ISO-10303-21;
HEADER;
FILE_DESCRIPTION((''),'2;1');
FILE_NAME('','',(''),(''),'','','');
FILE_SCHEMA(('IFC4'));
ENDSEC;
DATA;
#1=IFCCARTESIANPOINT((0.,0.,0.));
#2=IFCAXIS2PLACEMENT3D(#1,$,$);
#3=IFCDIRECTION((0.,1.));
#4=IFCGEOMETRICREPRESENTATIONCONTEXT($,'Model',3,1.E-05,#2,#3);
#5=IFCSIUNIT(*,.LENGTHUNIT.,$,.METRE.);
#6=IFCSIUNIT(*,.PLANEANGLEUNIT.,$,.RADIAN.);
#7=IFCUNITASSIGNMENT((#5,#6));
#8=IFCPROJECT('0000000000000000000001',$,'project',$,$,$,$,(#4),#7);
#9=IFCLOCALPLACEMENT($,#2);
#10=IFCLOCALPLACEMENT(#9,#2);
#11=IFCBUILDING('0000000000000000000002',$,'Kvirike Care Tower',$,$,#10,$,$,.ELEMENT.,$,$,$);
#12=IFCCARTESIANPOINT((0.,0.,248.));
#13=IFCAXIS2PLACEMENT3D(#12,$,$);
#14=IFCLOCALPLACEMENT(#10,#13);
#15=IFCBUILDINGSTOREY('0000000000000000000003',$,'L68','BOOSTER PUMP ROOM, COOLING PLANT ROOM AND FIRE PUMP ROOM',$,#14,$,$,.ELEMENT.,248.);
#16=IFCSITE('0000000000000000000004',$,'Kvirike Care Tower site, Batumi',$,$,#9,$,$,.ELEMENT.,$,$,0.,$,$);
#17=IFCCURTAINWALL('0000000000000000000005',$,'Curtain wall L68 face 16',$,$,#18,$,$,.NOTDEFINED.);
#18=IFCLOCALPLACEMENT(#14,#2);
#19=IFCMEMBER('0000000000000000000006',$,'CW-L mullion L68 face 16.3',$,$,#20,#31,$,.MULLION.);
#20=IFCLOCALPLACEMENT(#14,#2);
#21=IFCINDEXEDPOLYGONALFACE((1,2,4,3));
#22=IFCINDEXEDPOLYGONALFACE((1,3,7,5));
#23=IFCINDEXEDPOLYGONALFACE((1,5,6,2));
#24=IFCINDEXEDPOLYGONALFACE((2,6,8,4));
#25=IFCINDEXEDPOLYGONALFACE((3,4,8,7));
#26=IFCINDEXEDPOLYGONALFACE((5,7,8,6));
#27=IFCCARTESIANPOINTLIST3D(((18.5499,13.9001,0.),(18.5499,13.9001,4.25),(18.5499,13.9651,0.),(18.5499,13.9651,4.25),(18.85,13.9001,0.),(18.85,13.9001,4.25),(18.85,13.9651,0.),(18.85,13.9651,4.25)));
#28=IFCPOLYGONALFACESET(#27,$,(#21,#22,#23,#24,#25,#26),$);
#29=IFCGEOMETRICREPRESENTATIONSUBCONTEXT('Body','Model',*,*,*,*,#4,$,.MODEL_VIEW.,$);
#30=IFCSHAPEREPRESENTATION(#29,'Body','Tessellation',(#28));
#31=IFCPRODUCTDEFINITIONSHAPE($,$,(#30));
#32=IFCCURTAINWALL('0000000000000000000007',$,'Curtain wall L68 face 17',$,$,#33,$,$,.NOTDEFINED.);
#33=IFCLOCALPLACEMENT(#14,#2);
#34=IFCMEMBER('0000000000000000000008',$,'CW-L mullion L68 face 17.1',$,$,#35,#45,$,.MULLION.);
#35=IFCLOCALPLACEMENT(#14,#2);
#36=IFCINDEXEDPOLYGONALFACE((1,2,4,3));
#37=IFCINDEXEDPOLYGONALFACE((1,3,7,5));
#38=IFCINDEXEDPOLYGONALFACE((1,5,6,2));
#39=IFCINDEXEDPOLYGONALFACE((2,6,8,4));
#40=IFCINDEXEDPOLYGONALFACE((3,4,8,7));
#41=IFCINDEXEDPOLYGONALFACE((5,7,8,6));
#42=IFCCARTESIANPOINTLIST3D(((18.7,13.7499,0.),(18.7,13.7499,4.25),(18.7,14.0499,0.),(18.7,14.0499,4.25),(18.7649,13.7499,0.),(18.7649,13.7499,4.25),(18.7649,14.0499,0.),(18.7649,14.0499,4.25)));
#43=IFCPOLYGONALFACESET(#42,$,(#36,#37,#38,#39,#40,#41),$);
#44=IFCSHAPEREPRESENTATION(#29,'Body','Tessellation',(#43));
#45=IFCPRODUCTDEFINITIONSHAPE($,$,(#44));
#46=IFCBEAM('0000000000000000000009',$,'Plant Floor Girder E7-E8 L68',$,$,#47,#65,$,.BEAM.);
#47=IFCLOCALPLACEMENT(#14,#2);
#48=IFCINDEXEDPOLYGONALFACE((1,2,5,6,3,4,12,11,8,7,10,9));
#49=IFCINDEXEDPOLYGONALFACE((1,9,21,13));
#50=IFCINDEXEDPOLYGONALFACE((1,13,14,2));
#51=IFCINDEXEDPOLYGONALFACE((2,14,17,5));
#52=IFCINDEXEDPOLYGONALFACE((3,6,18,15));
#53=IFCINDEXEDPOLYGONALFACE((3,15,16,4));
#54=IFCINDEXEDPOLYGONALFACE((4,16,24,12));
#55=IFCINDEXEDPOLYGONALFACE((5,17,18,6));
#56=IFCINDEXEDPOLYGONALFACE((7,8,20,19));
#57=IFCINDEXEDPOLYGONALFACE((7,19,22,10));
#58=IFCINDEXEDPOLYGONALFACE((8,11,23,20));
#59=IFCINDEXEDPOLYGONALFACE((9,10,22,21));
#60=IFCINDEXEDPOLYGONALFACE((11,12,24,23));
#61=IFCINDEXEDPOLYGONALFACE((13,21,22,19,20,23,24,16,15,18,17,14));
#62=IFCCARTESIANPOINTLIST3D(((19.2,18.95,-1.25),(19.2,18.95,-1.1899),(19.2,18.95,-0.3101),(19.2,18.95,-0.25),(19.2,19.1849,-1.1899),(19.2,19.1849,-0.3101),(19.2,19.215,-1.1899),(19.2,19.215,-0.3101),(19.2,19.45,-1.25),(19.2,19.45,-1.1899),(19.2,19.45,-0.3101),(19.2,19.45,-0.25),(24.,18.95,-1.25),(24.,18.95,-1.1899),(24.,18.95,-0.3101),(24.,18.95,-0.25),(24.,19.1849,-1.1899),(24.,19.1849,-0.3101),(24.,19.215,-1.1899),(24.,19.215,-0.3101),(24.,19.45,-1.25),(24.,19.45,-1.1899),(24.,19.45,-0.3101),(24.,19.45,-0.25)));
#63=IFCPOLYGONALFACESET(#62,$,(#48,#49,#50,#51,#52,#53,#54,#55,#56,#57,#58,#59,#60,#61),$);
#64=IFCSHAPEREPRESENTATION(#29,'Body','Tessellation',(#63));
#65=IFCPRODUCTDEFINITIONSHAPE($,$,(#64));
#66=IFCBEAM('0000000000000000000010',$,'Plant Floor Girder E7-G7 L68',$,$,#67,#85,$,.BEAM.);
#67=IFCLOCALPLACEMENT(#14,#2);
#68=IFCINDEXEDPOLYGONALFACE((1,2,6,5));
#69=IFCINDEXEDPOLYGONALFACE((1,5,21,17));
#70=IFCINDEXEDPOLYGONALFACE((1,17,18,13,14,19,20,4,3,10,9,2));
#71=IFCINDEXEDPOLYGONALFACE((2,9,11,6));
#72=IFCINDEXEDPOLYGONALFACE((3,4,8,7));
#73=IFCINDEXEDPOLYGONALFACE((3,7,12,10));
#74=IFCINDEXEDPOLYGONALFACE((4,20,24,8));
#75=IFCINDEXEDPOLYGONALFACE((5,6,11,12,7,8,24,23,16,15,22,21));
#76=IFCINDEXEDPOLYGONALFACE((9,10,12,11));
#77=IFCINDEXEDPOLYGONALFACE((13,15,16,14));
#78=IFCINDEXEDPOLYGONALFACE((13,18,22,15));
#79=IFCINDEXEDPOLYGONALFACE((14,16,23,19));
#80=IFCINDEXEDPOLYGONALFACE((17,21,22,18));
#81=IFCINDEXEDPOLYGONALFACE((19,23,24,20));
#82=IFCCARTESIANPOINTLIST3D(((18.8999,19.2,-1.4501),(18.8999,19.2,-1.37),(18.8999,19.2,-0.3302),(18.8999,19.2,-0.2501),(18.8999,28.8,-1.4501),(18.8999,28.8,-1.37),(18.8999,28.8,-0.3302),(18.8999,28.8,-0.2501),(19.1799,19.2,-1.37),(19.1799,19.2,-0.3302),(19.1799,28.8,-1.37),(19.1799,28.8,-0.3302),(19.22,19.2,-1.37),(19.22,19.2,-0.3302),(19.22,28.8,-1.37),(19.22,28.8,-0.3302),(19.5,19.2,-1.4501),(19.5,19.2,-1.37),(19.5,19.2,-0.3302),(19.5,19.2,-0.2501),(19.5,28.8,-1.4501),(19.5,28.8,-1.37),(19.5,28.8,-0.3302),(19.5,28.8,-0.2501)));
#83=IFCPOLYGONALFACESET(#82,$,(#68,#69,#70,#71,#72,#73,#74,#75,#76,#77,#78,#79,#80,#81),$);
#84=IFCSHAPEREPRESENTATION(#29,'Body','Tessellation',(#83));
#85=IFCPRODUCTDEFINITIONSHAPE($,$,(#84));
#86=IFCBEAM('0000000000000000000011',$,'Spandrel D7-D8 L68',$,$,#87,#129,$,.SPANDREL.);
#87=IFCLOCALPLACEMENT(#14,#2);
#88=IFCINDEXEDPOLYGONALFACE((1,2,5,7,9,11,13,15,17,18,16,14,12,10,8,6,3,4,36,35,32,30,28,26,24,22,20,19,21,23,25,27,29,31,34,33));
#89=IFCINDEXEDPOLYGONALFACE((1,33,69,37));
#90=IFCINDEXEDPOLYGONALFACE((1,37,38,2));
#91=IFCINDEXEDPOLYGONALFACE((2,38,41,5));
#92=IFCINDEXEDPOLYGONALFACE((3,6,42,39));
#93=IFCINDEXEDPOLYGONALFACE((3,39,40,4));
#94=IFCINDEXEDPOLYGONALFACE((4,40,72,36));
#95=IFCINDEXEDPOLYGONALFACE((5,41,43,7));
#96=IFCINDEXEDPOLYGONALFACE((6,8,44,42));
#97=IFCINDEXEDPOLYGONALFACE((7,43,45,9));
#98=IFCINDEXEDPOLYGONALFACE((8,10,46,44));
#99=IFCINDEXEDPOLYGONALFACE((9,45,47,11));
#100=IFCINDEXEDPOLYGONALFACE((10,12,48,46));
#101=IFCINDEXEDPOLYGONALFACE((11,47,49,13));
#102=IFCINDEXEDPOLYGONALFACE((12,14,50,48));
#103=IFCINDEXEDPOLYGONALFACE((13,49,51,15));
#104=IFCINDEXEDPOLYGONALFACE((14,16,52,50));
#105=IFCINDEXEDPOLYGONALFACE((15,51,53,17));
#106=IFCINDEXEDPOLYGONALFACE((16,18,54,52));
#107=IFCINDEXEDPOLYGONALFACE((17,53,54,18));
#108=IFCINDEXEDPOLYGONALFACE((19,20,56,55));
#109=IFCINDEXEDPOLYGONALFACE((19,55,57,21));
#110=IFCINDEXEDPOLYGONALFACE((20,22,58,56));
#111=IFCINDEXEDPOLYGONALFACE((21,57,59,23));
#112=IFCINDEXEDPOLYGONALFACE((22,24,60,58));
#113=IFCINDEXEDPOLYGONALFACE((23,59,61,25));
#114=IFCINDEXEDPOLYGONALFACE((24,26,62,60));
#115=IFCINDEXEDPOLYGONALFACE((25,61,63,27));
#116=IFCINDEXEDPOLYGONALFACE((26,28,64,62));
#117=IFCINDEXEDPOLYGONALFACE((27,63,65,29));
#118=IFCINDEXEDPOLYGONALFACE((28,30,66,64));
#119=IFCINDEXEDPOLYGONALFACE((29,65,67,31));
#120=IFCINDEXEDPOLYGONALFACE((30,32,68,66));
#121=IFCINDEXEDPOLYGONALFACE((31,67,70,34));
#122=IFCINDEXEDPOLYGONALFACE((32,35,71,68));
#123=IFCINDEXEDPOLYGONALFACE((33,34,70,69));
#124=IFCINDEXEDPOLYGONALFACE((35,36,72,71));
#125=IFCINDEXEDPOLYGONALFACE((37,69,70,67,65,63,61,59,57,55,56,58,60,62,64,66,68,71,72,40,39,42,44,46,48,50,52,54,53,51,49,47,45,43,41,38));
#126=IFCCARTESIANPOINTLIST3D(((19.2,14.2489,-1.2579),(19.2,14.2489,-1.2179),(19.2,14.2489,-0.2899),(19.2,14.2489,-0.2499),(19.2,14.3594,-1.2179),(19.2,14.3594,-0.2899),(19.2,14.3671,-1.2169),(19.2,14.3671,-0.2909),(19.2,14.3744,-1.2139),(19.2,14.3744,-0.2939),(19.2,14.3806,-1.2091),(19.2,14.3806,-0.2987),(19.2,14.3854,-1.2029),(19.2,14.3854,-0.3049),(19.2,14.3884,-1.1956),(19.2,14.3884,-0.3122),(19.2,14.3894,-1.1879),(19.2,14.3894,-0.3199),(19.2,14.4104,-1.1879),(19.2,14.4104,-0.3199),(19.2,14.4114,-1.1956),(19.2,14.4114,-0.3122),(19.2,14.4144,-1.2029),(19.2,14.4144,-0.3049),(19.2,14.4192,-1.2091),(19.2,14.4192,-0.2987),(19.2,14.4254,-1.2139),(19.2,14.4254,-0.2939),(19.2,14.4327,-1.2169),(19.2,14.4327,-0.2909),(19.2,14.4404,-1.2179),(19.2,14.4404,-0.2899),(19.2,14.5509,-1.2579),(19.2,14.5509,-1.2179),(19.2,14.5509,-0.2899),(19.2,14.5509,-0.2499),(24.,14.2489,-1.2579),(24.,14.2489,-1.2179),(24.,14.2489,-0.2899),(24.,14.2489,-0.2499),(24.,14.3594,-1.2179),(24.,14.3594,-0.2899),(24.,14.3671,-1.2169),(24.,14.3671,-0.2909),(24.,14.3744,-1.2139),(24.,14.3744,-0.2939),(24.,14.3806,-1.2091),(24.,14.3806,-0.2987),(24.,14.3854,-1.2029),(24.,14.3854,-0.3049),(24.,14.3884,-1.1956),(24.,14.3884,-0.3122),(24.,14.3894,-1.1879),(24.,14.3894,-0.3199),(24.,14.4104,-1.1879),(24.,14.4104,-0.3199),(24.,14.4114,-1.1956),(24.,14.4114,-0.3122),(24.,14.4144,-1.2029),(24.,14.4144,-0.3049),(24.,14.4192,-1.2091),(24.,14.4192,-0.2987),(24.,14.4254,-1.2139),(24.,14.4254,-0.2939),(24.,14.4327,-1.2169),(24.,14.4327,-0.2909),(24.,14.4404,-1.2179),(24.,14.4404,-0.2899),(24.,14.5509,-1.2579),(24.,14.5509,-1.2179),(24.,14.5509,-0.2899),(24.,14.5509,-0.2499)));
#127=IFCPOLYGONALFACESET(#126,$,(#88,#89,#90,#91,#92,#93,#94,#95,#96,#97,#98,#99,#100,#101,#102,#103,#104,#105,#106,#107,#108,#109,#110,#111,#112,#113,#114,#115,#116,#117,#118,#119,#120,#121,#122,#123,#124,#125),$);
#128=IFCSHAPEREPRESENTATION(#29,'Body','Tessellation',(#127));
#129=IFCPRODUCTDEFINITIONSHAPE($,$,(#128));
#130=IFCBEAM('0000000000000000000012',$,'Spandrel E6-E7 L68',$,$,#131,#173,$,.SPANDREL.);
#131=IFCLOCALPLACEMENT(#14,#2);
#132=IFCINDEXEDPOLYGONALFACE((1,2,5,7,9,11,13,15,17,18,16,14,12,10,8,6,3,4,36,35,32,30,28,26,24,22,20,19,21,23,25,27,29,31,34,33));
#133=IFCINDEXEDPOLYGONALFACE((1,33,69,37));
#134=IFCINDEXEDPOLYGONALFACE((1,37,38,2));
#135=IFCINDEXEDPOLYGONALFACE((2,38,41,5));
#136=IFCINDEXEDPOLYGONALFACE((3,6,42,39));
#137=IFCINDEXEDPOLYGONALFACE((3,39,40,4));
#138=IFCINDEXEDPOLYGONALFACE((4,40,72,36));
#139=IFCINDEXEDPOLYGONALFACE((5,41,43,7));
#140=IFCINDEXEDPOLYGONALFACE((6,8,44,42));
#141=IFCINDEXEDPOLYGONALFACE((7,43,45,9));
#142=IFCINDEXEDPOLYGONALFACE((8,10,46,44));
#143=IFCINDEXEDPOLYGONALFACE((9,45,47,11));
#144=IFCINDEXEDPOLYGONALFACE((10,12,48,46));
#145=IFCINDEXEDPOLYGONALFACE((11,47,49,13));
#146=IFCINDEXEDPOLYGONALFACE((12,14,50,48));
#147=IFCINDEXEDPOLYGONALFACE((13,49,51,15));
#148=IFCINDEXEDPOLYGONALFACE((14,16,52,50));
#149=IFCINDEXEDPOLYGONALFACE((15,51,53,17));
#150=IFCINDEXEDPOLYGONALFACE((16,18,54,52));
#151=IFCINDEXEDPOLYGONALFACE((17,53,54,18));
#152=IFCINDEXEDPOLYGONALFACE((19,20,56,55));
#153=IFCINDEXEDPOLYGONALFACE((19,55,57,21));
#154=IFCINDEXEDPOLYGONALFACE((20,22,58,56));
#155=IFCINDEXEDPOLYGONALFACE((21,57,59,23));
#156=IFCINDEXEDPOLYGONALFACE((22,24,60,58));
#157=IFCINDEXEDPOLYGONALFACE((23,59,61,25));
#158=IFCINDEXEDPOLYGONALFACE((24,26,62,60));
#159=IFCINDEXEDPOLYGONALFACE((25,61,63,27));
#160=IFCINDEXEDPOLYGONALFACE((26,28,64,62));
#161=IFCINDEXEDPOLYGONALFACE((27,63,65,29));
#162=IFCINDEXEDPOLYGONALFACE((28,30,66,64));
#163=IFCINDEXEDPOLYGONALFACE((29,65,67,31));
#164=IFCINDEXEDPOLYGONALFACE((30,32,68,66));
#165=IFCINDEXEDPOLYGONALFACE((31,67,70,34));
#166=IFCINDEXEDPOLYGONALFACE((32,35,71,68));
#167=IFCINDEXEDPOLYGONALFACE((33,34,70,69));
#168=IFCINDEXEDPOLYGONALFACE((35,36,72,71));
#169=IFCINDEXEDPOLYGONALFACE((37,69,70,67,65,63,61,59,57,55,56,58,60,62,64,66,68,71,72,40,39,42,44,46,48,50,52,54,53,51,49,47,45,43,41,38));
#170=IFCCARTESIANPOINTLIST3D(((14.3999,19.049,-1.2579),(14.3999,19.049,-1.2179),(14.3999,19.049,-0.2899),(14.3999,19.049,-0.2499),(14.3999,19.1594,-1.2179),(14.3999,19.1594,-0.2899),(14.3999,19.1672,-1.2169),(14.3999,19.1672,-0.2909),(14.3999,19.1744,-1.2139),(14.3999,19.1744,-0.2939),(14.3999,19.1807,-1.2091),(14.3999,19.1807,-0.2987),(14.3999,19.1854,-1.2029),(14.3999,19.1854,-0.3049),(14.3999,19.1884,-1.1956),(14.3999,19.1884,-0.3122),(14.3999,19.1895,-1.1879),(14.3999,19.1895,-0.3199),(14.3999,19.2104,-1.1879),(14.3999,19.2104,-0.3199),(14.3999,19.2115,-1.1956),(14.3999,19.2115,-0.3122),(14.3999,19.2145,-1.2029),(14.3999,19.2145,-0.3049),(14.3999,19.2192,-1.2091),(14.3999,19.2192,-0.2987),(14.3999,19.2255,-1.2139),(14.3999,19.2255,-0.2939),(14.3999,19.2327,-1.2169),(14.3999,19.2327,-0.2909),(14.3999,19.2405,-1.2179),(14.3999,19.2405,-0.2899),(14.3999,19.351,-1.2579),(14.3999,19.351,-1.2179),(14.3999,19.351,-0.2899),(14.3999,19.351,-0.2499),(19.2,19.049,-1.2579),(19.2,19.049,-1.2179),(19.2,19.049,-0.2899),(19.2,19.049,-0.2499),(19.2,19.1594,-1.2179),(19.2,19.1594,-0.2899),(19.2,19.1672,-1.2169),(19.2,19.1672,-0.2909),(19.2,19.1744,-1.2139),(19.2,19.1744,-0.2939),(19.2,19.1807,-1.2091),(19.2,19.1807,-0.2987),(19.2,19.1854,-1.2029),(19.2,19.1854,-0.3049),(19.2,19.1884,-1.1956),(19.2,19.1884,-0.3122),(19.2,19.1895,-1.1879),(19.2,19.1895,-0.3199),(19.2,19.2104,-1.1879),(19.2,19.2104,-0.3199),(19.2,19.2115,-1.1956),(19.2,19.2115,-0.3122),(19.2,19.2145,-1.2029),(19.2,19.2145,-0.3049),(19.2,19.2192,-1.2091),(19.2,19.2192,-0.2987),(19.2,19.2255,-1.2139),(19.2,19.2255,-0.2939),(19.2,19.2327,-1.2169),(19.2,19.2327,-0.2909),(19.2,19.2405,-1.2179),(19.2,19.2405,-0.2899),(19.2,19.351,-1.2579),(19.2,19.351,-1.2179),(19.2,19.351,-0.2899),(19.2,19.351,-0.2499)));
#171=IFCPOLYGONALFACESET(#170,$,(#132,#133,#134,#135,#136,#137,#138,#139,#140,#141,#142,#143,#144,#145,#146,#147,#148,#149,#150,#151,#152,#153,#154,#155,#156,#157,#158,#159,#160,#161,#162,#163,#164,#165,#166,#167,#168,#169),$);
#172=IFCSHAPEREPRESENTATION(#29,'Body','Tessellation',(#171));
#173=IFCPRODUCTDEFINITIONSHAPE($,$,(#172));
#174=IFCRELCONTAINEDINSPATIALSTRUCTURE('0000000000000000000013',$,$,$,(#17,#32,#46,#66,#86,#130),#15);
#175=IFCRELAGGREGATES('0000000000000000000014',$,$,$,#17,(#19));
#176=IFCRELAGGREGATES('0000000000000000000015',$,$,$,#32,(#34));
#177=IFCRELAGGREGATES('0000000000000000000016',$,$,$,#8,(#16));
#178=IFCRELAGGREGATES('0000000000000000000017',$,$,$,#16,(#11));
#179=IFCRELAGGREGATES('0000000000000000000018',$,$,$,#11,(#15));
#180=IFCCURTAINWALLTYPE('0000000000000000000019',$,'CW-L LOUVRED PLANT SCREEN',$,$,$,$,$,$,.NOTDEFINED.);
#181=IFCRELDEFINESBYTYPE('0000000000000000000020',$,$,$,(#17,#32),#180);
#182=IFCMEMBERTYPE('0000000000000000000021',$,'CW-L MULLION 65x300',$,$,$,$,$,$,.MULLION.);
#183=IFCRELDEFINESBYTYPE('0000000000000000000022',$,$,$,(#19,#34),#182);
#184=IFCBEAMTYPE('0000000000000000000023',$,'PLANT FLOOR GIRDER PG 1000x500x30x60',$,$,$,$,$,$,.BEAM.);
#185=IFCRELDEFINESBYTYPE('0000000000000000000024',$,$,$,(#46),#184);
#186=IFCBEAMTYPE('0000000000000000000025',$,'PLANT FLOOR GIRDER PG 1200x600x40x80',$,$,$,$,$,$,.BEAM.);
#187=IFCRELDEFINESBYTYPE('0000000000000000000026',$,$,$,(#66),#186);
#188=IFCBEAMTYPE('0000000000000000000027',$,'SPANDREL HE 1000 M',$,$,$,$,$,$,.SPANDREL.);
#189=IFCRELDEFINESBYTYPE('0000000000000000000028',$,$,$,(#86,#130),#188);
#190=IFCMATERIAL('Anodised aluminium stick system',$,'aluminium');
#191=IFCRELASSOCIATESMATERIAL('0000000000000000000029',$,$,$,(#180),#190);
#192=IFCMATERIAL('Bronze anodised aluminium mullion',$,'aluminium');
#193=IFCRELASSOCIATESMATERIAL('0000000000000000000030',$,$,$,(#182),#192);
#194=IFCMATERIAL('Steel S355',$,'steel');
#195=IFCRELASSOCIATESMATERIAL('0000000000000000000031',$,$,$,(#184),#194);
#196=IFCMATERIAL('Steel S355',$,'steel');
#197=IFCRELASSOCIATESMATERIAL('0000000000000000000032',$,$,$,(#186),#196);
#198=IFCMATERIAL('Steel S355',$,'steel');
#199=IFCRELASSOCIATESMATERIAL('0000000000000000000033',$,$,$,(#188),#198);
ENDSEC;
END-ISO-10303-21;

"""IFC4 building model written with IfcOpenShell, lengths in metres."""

from ifc_helpers import new_model, si_unit, direction, frame, origin, origin_2d, place, context, subcontext, project, spatial, rectangle, i_section, extrude, material, material_profile, profile_set, type_object, element, aggregate, save


model = new_model("IFC4")

# Units and contexts
model_context = context("Model", 3, precision=1e-05, world=origin(), true_north=direction((0.0, 1.0)))
body_context = subcontext(model_context, "Body", "Model", "MODEL_VIEW")
ifc_project = project(units=[si_unit("LENGTHUNIT", "METRE"), si_unit("PLANEANGLEUNIT", "RADIAN")], contexts=[model_context])

# Site, building, storey
site_placement = place(None, origin())
site = spatial("IfcSite", under=ifc_project, at=site_placement, Name="Kvirike Care Tower site, Batumi", CompositionType="ELEMENT", RefElevation=0.0)
building_placement = place(site_placement, origin())
building = spatial("IfcBuilding", under=site, at=building_placement, Name="Kvirike Care Tower", CompositionType="ELEMENT")
storey_placement = place(building_placement, frame((0.0, 0.0, 248.0)))
storey = spatial("IfcBuildingStorey", under=building, at=storey_placement, Name="L68", Description="BOOSTER PUMP ROOM, COOLING PLANT ROOM AND FIRE PUMP ROOM", CompositionType="ELEMENT", Elevation=248.0)

# Curtain wall
ifc_material_1 = material(Name="Anodised aluminium stick system", Category="aluminium")
curtain_wall_type = type_object("IfcCurtainWallType", Name="CW-L LOUVRED PLANT SCREEN", PredefinedType="NOTDEFINED", material=ifc_material_1)
curtain_wall_1_placement = place(storey_placement, origin())
curtain_wall_1 = element("IfcCurtainWall", 1, at=curtain_wall_1_placement, inside=storey, type_object=curtain_wall_type, Name="Curtain wall L68 face 16", PredefinedType="NOTDEFINED")

# Member
ifc_material_2 = material(Name="Bronze anodised aluminium mullion", Category="aluminium")
ifc_material_profile_1 = material_profile(ifc_material_2, rectangle(XDim=0.0649, YDim=0.3, at=origin_2d()), Name="CW-L MULLION 65x300")
ifc_profile_set_1 = profile_set([ifc_material_profile_1], Name="Bronze anodised aluminium mullion")
member_type_1 = type_object("IfcMemberType", Name="CW-L MULLION 65x300", PredefinedType="MULLION", material=ifc_profile_set_1)
member_1_placement = place(storey_placement, frame((18.7, 13.9326, 0.0), z_axis=(0.0, 0.0, 1.0), x_axis=(0.0, -1.0, 0.0)))
member_1 = element("IfcMember", 2, at=member_1_placement, type_object=member_type_1, Name="CW-L mullion L68 face 16.3", PredefinedType="MULLION", context=body_context, shape_type="SweptSolid", body=[
    extrude(rectangle(XDim=0.0649, YDim=0.3, at=origin_2d()), origin(), (0.0, 0.0, 1.0), 4.25),
])
aggregate(curtain_wall_1, [member_1])

# Curtain wall, member
curtain_wall_2_placement = place(storey_placement, origin())
curtain_wall_2 = element("IfcCurtainWall", 3, at=curtain_wall_2_placement, inside=storey, type_object=curtain_wall_type, Name="Curtain wall L68 face 17", PredefinedType="NOTDEFINED")
member_2_placement = place(storey_placement, frame((18.7324, 13.8999, 0.0), z_axis=(0.0, 0.0, 1.0), x_axis=(1.0, 0.0, 0.0)))
member_2 = element("IfcMember", 4, at=member_2_placement, type_object=member_type_1, Name="CW-L mullion L68 face 17.1", PredefinedType="MULLION", context=body_context, shape_type="SweptSolid", body=[
    extrude(rectangle(XDim=0.0649, YDim=0.3, at=origin_2d()), origin(), (0.0, 0.0, 1.0), 4.25),
])
aggregate(curtain_wall_2, [member_2])

# Beams
ifc_material_3 = material(Name="Steel S355", Category="steel")
ifc_material_profile_2 = material_profile(ifc_material_3, i_section(OverallWidth=0.5, OverallDepth=1.0, WebThickness=0.03, FlangeThickness=0.0601, at=origin_2d()), Name="PG 1000x500x30x60")
ifc_profile_set_2 = profile_set([ifc_material_profile_2], Name="Steel S355")
beam_type_1 = type_object("IfcBeamType", Name="PLANT FLOOR GIRDER PG 1000x500x30x60", PredefinedType="BEAM", material=ifc_profile_set_2)
beam_1_placement = place(storey_placement, frame((19.2, 19.2, -0.75), z_axis=(1.0, 0.0, 0.0), x_axis=(0.0, 1.0, 0.0)))
element("IfcBeam", 5, at=beam_1_placement, inside=storey, type_object=beam_type_1, Name="Plant Floor Girder E7-E8 L68", PredefinedType="BEAM", context=body_context, shape_type="SweptSolid", body=[
    extrude(i_section(OverallWidth=0.5, OverallDepth=1.0, WebThickness=0.03, FlangeThickness=0.0601, at=origin_2d()), origin(), (0.0, 0.0, 1.0), 4.8),
])
ifc_material_4 = material(Name="Steel S355", Category="steel")
ifc_material_profile_3 = material_profile(ifc_material_4, i_section(OverallWidth=0.6001, OverallDepth=1.2, WebThickness=0.04, FlangeThickness=0.0801, at=origin_2d()), Name="PG 1200x600x40x80")
ifc_profile_set_3 = profile_set([ifc_material_profile_3], Name="Steel S355")
beam_type_2 = type_object("IfcBeamType", Name="PLANT FLOOR GIRDER PG 1200x600x40x80", PredefinedType="BEAM", material=ifc_profile_set_3)
beam_2_placement = place(storey_placement, frame((19.2, 19.2, -0.8501), z_axis=(0.0, 1.0, 0.0), x_axis=(-1.0, 0.0, 0.0)))
element("IfcBeam", 6, at=beam_2_placement, inside=storey, type_object=beam_type_2, Name="Plant Floor Girder E7-G7 L68", PredefinedType="BEAM", context=body_context, shape_type="SweptSolid", body=[
    extrude(i_section(OverallWidth=0.6001, OverallDepth=1.2, WebThickness=0.04, FlangeThickness=0.0801, at=origin_2d()), origin(), (0.0, 0.0, 1.0), 9.6001),
])
ifc_material_5 = material(Name="Steel S355", Category="steel")
ifc_material_profile_4 = material_profile(ifc_material_5, i_section(OverallWidth=0.302, OverallDepth=1.0081, WebThickness=0.021, FlangeThickness=0.04, FilletRadius=0.03, at=origin_2d()), Name="HE 1000 M")
ifc_profile_set_4 = profile_set([ifc_material_profile_4], Name="Steel S355")
beam_type_3 = type_object("IfcBeamType", Name="SPANDREL HE 1000 M", PredefinedType="SPANDREL", material=ifc_profile_set_4)
for number, where, z_axis, x_axis, name in (
    (7, (19.2, 14.3999, -0.7539), (1.0, 0.0, 0.0), (0.0, 1.0, 0.0), "Spandrel D7-D8 L68"),
    (8, (14.3999, 19.2, -0.7539), (1.0, 0.0, 0.0), (0.0, 1.0, 0.0), "Spandrel E6-E7 L68"),
):
    element("IfcBeam", number, at=place(storey_placement, frame(where, z_axis=z_axis, x_axis=x_axis)), inside=storey, type_object=beam_type_3, Name=name, PredefinedType="SPANDREL", context=body_context, shape_type="SweptSolid", body=[
        extrude(i_section(OverallWidth=0.302, OverallDepth=1.0081, WebThickness=0.021, FlangeThickness=0.04, FilletRadius=0.03, at=origin_2d()), origin(), (0.0, 0.0, 1.0), 4.8),
    ])

save(model, "model.ifc")
